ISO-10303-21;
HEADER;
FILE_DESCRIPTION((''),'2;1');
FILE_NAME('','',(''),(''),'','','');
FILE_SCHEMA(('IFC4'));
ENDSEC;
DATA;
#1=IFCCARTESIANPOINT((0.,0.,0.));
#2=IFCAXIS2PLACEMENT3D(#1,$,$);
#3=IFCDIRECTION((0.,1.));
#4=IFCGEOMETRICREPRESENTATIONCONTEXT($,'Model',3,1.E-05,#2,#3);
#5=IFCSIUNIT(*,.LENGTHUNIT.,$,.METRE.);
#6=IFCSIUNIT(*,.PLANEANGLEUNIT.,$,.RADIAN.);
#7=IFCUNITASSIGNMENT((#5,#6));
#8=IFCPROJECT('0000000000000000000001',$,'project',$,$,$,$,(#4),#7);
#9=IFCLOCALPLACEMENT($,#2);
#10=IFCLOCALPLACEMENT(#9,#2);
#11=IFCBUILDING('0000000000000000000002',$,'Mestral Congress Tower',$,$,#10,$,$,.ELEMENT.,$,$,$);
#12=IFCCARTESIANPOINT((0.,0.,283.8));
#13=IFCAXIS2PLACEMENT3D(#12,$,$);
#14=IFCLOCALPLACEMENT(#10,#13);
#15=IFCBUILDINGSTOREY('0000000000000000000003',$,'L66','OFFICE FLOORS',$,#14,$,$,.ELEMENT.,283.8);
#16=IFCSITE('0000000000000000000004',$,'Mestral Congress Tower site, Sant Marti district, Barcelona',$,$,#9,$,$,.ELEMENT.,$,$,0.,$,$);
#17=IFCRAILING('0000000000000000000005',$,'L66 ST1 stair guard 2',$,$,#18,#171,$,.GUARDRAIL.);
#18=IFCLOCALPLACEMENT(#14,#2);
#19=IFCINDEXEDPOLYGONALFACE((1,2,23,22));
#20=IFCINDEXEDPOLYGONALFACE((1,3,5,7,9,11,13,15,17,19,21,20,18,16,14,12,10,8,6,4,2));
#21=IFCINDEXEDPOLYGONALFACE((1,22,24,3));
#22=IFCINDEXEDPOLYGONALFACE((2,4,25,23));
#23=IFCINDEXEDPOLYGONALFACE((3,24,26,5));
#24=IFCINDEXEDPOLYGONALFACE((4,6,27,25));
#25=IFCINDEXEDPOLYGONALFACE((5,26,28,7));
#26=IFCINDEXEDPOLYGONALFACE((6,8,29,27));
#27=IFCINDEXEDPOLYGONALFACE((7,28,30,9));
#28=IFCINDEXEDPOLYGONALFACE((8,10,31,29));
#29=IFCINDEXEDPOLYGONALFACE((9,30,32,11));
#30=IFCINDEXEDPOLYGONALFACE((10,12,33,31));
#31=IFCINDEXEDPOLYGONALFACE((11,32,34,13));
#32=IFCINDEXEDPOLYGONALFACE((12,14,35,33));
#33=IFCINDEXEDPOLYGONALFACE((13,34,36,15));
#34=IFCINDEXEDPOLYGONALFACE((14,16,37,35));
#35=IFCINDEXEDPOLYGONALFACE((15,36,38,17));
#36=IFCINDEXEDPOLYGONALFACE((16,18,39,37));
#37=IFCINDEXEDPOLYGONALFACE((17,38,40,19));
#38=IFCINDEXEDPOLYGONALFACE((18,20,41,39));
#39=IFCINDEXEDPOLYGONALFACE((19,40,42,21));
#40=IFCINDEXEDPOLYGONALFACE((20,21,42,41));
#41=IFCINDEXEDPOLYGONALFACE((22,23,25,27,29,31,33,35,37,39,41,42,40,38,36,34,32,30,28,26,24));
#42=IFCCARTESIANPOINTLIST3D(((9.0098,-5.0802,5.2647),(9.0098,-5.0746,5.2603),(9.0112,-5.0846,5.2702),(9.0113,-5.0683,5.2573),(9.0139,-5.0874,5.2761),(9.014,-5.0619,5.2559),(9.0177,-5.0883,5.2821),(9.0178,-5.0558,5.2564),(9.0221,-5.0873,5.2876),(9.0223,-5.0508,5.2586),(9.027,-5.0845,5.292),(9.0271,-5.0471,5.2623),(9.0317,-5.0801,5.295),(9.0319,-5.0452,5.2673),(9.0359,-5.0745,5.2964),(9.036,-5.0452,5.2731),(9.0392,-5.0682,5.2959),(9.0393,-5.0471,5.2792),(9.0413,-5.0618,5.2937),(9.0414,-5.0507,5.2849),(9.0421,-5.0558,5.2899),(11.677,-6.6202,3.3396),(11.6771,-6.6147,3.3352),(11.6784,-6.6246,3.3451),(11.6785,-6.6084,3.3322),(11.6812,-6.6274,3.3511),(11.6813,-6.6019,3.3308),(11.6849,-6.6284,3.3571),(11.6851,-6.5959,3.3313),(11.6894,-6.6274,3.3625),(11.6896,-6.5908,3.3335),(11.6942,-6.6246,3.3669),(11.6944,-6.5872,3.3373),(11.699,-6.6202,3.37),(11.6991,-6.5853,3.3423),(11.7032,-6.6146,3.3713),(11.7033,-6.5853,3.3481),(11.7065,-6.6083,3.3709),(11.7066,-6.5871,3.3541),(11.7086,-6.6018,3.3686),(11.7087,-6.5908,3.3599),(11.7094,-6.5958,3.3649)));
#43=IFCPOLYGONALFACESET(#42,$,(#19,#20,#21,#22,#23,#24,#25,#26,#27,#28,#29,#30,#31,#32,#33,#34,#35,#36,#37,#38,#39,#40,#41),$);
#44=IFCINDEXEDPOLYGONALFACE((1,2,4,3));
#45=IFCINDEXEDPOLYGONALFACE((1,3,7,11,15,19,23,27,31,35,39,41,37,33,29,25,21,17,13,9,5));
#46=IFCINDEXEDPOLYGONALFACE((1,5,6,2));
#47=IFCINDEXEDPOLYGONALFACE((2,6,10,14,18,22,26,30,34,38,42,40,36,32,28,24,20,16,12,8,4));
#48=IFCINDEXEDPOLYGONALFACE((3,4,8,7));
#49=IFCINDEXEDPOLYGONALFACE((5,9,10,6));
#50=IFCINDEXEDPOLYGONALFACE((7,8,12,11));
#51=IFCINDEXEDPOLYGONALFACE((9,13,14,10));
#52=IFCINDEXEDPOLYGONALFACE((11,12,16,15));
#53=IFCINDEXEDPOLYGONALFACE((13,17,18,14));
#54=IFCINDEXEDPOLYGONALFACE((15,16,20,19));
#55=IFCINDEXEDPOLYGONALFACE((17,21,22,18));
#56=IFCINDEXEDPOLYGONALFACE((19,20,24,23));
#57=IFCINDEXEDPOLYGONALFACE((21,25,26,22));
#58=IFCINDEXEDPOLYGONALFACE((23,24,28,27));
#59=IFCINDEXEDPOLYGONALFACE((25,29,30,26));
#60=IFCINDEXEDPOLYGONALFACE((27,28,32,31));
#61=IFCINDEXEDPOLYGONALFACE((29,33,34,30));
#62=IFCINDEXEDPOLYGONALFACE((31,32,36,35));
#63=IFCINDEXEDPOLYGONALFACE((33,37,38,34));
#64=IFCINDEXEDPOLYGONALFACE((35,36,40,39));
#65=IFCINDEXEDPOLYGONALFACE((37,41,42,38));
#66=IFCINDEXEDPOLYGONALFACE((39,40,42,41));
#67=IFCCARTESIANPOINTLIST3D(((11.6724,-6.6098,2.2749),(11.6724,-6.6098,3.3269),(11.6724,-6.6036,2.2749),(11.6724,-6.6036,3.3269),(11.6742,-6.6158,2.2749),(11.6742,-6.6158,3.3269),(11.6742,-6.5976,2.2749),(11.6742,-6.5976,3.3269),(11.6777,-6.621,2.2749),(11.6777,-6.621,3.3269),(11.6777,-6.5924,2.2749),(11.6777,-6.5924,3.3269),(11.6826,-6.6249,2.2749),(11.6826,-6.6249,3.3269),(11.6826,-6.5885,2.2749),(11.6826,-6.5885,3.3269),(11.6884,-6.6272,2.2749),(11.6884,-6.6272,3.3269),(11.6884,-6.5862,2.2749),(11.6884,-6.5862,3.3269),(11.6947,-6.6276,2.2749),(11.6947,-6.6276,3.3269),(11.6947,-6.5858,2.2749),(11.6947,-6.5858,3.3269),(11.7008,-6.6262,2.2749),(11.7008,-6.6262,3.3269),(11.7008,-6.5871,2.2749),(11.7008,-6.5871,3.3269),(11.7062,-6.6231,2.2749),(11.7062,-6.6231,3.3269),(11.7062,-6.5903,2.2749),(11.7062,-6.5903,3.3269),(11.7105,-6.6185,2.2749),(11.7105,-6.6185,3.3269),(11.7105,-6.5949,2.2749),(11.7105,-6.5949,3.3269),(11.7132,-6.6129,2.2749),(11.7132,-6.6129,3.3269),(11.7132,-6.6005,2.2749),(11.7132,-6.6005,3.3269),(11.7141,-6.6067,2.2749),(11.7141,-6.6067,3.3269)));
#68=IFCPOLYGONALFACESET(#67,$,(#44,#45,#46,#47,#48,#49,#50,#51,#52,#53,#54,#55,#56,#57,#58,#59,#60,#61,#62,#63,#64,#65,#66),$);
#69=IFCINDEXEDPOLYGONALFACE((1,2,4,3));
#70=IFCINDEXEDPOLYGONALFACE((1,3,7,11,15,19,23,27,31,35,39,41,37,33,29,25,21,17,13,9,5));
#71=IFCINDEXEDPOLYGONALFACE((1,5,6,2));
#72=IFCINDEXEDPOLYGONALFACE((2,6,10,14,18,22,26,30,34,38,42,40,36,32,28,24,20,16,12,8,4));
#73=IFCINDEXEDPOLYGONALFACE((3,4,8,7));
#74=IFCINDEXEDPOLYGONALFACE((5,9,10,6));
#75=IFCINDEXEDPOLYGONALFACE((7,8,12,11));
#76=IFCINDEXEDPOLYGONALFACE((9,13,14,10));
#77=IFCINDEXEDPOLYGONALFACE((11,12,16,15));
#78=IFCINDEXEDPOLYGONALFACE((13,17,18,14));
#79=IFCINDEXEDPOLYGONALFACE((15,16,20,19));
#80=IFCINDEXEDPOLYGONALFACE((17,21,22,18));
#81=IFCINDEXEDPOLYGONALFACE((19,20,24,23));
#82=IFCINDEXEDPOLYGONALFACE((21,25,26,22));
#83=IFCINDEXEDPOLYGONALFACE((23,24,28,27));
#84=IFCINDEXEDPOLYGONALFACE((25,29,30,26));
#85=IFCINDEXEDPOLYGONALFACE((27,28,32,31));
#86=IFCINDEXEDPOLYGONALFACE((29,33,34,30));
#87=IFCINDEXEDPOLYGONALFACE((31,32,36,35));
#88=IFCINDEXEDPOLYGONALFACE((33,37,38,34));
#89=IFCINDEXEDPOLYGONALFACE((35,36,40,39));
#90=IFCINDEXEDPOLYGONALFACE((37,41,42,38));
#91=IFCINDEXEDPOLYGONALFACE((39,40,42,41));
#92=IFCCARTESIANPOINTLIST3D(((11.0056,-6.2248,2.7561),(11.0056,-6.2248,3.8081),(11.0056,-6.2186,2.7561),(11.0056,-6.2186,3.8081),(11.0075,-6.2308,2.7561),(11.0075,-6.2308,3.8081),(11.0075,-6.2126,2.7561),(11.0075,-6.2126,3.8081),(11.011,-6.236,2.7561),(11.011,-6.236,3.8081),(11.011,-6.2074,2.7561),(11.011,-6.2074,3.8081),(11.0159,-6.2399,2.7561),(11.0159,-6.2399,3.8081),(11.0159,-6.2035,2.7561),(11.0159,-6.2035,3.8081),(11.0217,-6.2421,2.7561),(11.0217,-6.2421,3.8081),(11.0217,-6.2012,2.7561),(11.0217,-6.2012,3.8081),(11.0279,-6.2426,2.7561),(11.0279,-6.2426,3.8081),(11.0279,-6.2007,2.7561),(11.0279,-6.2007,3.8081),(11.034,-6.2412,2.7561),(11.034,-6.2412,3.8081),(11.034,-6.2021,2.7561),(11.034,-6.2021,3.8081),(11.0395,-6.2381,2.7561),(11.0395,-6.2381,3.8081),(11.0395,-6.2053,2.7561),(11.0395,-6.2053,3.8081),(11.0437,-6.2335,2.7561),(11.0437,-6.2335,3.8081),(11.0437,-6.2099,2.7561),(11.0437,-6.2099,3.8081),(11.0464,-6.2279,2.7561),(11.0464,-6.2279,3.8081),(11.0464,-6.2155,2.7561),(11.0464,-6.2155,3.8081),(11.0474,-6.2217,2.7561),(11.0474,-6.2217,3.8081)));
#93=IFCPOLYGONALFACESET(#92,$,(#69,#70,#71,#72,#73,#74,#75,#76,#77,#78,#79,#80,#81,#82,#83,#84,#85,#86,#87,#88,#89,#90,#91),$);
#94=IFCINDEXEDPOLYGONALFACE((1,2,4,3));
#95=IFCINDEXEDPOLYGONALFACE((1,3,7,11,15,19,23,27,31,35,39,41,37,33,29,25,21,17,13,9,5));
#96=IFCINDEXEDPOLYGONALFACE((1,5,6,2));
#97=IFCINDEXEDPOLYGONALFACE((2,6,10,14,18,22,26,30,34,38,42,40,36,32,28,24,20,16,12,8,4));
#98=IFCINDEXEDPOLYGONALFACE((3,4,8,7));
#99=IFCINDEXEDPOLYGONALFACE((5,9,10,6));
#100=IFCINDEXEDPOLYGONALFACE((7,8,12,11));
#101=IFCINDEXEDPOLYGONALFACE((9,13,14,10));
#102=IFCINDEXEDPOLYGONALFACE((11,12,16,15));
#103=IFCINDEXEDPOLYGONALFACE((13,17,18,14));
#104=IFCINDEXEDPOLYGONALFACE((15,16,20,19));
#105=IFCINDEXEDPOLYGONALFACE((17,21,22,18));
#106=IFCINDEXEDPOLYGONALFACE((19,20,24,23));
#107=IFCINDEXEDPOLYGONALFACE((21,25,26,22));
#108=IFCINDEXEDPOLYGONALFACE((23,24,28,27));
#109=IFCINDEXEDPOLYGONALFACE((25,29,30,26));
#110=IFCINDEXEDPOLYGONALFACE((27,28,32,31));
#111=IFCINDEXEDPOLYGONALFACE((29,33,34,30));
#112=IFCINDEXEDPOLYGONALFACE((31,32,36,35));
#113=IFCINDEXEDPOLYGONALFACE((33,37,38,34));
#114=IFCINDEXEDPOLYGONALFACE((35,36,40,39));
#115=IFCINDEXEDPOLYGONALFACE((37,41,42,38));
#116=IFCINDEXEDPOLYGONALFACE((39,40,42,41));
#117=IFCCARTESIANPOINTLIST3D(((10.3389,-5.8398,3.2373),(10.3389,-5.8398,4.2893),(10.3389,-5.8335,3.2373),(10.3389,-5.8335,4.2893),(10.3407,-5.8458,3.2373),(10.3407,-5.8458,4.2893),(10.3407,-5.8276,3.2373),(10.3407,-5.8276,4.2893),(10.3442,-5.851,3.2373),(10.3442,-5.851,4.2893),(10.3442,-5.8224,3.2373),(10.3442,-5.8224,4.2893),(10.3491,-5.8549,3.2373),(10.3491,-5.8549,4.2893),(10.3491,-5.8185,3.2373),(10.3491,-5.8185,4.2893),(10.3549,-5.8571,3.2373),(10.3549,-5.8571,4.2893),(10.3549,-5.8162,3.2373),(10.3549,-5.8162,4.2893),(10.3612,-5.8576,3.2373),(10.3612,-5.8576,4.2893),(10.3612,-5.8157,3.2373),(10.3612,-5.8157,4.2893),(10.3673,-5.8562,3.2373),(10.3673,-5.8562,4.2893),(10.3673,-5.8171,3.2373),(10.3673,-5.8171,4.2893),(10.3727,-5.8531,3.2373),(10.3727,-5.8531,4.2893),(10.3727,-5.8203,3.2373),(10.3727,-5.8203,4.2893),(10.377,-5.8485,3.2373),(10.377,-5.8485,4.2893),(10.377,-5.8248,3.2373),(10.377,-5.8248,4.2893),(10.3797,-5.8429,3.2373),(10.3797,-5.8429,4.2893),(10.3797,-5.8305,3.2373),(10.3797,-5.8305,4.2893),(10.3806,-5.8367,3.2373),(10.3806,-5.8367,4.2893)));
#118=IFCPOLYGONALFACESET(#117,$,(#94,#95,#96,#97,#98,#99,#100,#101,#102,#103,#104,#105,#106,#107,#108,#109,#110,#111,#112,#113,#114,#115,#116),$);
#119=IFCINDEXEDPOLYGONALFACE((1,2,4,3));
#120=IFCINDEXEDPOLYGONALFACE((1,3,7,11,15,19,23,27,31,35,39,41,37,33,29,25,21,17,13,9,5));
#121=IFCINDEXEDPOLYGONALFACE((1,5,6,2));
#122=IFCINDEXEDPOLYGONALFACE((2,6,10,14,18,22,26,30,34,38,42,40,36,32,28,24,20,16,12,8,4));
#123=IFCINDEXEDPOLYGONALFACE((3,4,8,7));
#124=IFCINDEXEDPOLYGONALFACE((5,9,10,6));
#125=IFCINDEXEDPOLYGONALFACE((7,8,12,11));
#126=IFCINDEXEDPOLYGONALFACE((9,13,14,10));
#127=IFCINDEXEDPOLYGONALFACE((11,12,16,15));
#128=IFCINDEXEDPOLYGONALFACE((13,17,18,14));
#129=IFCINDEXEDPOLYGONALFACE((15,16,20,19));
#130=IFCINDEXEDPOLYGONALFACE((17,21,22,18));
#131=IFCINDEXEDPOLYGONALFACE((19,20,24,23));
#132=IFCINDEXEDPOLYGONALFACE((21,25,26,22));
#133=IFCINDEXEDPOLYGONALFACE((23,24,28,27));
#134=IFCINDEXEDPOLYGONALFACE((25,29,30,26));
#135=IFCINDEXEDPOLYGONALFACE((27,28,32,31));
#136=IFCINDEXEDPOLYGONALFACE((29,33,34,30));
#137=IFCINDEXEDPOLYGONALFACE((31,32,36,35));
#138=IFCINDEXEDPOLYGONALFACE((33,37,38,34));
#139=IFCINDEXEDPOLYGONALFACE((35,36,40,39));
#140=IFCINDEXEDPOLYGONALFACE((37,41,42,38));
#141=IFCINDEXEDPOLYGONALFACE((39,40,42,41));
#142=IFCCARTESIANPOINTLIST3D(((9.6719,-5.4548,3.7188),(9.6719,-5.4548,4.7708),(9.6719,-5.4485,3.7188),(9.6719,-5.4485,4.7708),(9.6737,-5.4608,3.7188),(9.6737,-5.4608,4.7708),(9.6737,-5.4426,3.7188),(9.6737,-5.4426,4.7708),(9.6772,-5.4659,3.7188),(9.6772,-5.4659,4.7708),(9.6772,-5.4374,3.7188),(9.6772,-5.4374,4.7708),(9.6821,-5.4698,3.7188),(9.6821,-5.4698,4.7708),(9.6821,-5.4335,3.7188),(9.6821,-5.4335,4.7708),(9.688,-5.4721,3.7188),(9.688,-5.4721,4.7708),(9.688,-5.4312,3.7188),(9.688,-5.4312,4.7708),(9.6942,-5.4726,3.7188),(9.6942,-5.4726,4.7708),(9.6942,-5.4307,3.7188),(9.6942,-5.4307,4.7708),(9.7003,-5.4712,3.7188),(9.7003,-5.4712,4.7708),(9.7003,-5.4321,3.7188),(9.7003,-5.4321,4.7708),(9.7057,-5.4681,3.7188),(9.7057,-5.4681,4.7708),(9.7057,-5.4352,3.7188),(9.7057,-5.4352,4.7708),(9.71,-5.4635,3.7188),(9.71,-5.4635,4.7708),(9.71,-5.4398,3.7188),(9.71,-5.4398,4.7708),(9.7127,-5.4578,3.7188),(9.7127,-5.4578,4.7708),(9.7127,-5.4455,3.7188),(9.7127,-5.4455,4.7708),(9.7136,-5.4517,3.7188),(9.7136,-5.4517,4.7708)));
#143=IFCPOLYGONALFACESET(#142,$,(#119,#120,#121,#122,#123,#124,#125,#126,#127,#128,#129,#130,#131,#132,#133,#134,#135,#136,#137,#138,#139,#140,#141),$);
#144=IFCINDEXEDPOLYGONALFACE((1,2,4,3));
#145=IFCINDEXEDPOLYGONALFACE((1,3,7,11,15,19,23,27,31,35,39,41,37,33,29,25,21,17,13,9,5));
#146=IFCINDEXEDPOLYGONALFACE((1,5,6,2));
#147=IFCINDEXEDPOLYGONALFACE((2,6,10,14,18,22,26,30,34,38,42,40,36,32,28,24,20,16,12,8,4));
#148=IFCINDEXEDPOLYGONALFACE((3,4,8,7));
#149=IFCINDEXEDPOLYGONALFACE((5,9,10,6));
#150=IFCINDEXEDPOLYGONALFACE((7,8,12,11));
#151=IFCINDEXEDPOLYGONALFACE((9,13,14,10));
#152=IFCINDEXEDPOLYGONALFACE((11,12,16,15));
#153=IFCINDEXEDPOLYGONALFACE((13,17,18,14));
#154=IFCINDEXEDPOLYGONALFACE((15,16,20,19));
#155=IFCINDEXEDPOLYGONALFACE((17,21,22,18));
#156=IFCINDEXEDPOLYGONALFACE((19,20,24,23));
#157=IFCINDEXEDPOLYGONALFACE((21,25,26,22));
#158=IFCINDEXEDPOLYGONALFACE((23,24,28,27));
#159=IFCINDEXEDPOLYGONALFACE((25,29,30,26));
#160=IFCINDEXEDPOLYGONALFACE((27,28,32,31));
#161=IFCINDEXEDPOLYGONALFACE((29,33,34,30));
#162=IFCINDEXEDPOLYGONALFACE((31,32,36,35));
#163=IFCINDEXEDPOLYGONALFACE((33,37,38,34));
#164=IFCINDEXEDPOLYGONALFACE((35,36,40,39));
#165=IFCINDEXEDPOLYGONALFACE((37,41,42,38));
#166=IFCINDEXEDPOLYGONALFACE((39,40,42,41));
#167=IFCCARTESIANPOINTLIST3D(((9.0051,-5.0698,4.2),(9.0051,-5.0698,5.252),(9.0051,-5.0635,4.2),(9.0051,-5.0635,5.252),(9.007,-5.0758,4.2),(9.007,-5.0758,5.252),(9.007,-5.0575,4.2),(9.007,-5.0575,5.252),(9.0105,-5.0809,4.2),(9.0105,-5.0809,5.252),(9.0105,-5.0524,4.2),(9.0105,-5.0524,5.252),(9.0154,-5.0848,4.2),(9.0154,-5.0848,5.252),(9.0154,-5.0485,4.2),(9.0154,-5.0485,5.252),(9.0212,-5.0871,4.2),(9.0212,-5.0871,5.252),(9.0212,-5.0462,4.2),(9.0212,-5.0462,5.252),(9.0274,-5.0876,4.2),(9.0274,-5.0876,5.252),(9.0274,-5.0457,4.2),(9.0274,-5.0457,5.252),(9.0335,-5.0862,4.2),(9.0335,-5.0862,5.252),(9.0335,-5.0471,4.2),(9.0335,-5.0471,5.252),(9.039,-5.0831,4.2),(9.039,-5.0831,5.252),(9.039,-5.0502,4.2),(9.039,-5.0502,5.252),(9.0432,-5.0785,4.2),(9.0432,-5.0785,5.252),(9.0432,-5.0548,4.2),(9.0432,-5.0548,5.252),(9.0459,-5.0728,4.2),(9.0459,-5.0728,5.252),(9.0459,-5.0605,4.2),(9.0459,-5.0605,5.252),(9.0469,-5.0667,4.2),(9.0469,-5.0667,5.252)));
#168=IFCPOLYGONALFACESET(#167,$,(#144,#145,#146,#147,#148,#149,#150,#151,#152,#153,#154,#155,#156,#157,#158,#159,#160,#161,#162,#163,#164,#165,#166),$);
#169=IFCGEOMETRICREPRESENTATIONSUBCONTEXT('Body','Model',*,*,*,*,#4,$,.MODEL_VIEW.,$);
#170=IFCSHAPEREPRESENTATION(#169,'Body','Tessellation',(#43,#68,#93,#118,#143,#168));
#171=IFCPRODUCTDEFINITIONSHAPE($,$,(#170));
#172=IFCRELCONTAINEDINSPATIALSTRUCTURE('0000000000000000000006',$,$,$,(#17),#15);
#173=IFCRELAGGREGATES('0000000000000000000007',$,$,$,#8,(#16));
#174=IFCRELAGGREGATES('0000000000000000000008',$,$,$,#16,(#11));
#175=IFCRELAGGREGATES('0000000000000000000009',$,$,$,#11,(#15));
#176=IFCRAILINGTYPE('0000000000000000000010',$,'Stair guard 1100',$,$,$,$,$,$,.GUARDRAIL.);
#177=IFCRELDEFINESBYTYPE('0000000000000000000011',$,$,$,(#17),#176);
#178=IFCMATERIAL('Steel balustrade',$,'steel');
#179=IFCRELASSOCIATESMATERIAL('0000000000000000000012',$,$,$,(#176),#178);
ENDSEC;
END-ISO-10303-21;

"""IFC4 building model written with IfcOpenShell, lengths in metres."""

from ifc_helpers import new_model, si_unit, direction, frame, origin, origin_2d, place, context, subcontext, project, spatial, circle, extrude, material, type_object, element, save


model = new_model("IFC4")

# Units and contexts
model_context = context("Model", 3, precision=1e-05, world=origin(), true_north=direction((0.0, 1.0)))
body_context = subcontext(model_context, "Body", "Model", "MODEL_VIEW")
ifc_project = project(units=[si_unit("LENGTHUNIT", "METRE"), si_unit("PLANEANGLEUNIT", "RADIAN")], contexts=[model_context])

# Site, building, storey
site_placement = place(None, origin())
site = spatial("IfcSite", under=ifc_project, at=site_placement, Name="Mestral Congress Tower site, Sant Marti district, Barcelona", CompositionType="ELEMENT", RefElevation=0.0)
building_placement = place(site_placement, origin())
building = spatial("IfcBuilding", under=site, at=building_placement, Name="Mestral Congress Tower", CompositionType="ELEMENT")
storey_placement = place(building_placement, frame((0.0, 0.0, 283.8)))
storey = spatial("IfcBuildingStorey", under=building, at=storey_placement, Name="L66", Description="OFFICE FLOORS", CompositionType="ELEMENT", Elevation=283.8)

# Railing
ifc_material_1 = material(Name="Steel balustrade", Category="steel")
railing_type = type_object("IfcRailingType", Name="Stair guard 1100", PredefinedType="GUARDRAIL", material=ifc_material_1)
railing_placement = place(storey_placement, frame((11.6931, -6.6067, 2.2749)))
element("IfcRailing", 1, at=railing_placement, inside=storey, type_object=railing_type, Name="L66 ST1 stair guard 2", PredefinedType="GUARDRAIL", context=body_context, shape_type="SweptSolid", body=[
    extrude(circle(Radius=0.0239, at=origin_2d()), frame((0.0, 0.0, 1.0762), z_axis=(-0.734364, 0.424015, 0.530019), x_axis=(-0.500027, -0.86601, 0.0)), (0.0, 0.0, 1.0), 3.6321),
    extrude(circle(Radius=0.021, at=origin_2d()), origin(), (0.0, 0.0, 1.0), 1.052),
    extrude(circle(Radius=0.021, at=origin_2d()), frame((-0.6667, 0.385, 0.4812)), (0.0, 0.0, 1.0), 1.052),
    extrude(circle(Radius=0.021, at=origin_2d()), frame((-1.3335, 0.77, 0.9624)), (0.0, 0.0, 1.0), 1.052),
    extrude(circle(Radius=0.021, at=origin_2d()), frame((-2.0005, 1.155, 1.4438)), (0.0, 0.0, 1.0), 1.052),
    extrude(circle(Radius=0.021, at=origin_2d()), frame((-2.6672, 1.54, 1.925)), (0.0, 0.0, 1.0), 1.052),
])

save(model, "model.ifc")
